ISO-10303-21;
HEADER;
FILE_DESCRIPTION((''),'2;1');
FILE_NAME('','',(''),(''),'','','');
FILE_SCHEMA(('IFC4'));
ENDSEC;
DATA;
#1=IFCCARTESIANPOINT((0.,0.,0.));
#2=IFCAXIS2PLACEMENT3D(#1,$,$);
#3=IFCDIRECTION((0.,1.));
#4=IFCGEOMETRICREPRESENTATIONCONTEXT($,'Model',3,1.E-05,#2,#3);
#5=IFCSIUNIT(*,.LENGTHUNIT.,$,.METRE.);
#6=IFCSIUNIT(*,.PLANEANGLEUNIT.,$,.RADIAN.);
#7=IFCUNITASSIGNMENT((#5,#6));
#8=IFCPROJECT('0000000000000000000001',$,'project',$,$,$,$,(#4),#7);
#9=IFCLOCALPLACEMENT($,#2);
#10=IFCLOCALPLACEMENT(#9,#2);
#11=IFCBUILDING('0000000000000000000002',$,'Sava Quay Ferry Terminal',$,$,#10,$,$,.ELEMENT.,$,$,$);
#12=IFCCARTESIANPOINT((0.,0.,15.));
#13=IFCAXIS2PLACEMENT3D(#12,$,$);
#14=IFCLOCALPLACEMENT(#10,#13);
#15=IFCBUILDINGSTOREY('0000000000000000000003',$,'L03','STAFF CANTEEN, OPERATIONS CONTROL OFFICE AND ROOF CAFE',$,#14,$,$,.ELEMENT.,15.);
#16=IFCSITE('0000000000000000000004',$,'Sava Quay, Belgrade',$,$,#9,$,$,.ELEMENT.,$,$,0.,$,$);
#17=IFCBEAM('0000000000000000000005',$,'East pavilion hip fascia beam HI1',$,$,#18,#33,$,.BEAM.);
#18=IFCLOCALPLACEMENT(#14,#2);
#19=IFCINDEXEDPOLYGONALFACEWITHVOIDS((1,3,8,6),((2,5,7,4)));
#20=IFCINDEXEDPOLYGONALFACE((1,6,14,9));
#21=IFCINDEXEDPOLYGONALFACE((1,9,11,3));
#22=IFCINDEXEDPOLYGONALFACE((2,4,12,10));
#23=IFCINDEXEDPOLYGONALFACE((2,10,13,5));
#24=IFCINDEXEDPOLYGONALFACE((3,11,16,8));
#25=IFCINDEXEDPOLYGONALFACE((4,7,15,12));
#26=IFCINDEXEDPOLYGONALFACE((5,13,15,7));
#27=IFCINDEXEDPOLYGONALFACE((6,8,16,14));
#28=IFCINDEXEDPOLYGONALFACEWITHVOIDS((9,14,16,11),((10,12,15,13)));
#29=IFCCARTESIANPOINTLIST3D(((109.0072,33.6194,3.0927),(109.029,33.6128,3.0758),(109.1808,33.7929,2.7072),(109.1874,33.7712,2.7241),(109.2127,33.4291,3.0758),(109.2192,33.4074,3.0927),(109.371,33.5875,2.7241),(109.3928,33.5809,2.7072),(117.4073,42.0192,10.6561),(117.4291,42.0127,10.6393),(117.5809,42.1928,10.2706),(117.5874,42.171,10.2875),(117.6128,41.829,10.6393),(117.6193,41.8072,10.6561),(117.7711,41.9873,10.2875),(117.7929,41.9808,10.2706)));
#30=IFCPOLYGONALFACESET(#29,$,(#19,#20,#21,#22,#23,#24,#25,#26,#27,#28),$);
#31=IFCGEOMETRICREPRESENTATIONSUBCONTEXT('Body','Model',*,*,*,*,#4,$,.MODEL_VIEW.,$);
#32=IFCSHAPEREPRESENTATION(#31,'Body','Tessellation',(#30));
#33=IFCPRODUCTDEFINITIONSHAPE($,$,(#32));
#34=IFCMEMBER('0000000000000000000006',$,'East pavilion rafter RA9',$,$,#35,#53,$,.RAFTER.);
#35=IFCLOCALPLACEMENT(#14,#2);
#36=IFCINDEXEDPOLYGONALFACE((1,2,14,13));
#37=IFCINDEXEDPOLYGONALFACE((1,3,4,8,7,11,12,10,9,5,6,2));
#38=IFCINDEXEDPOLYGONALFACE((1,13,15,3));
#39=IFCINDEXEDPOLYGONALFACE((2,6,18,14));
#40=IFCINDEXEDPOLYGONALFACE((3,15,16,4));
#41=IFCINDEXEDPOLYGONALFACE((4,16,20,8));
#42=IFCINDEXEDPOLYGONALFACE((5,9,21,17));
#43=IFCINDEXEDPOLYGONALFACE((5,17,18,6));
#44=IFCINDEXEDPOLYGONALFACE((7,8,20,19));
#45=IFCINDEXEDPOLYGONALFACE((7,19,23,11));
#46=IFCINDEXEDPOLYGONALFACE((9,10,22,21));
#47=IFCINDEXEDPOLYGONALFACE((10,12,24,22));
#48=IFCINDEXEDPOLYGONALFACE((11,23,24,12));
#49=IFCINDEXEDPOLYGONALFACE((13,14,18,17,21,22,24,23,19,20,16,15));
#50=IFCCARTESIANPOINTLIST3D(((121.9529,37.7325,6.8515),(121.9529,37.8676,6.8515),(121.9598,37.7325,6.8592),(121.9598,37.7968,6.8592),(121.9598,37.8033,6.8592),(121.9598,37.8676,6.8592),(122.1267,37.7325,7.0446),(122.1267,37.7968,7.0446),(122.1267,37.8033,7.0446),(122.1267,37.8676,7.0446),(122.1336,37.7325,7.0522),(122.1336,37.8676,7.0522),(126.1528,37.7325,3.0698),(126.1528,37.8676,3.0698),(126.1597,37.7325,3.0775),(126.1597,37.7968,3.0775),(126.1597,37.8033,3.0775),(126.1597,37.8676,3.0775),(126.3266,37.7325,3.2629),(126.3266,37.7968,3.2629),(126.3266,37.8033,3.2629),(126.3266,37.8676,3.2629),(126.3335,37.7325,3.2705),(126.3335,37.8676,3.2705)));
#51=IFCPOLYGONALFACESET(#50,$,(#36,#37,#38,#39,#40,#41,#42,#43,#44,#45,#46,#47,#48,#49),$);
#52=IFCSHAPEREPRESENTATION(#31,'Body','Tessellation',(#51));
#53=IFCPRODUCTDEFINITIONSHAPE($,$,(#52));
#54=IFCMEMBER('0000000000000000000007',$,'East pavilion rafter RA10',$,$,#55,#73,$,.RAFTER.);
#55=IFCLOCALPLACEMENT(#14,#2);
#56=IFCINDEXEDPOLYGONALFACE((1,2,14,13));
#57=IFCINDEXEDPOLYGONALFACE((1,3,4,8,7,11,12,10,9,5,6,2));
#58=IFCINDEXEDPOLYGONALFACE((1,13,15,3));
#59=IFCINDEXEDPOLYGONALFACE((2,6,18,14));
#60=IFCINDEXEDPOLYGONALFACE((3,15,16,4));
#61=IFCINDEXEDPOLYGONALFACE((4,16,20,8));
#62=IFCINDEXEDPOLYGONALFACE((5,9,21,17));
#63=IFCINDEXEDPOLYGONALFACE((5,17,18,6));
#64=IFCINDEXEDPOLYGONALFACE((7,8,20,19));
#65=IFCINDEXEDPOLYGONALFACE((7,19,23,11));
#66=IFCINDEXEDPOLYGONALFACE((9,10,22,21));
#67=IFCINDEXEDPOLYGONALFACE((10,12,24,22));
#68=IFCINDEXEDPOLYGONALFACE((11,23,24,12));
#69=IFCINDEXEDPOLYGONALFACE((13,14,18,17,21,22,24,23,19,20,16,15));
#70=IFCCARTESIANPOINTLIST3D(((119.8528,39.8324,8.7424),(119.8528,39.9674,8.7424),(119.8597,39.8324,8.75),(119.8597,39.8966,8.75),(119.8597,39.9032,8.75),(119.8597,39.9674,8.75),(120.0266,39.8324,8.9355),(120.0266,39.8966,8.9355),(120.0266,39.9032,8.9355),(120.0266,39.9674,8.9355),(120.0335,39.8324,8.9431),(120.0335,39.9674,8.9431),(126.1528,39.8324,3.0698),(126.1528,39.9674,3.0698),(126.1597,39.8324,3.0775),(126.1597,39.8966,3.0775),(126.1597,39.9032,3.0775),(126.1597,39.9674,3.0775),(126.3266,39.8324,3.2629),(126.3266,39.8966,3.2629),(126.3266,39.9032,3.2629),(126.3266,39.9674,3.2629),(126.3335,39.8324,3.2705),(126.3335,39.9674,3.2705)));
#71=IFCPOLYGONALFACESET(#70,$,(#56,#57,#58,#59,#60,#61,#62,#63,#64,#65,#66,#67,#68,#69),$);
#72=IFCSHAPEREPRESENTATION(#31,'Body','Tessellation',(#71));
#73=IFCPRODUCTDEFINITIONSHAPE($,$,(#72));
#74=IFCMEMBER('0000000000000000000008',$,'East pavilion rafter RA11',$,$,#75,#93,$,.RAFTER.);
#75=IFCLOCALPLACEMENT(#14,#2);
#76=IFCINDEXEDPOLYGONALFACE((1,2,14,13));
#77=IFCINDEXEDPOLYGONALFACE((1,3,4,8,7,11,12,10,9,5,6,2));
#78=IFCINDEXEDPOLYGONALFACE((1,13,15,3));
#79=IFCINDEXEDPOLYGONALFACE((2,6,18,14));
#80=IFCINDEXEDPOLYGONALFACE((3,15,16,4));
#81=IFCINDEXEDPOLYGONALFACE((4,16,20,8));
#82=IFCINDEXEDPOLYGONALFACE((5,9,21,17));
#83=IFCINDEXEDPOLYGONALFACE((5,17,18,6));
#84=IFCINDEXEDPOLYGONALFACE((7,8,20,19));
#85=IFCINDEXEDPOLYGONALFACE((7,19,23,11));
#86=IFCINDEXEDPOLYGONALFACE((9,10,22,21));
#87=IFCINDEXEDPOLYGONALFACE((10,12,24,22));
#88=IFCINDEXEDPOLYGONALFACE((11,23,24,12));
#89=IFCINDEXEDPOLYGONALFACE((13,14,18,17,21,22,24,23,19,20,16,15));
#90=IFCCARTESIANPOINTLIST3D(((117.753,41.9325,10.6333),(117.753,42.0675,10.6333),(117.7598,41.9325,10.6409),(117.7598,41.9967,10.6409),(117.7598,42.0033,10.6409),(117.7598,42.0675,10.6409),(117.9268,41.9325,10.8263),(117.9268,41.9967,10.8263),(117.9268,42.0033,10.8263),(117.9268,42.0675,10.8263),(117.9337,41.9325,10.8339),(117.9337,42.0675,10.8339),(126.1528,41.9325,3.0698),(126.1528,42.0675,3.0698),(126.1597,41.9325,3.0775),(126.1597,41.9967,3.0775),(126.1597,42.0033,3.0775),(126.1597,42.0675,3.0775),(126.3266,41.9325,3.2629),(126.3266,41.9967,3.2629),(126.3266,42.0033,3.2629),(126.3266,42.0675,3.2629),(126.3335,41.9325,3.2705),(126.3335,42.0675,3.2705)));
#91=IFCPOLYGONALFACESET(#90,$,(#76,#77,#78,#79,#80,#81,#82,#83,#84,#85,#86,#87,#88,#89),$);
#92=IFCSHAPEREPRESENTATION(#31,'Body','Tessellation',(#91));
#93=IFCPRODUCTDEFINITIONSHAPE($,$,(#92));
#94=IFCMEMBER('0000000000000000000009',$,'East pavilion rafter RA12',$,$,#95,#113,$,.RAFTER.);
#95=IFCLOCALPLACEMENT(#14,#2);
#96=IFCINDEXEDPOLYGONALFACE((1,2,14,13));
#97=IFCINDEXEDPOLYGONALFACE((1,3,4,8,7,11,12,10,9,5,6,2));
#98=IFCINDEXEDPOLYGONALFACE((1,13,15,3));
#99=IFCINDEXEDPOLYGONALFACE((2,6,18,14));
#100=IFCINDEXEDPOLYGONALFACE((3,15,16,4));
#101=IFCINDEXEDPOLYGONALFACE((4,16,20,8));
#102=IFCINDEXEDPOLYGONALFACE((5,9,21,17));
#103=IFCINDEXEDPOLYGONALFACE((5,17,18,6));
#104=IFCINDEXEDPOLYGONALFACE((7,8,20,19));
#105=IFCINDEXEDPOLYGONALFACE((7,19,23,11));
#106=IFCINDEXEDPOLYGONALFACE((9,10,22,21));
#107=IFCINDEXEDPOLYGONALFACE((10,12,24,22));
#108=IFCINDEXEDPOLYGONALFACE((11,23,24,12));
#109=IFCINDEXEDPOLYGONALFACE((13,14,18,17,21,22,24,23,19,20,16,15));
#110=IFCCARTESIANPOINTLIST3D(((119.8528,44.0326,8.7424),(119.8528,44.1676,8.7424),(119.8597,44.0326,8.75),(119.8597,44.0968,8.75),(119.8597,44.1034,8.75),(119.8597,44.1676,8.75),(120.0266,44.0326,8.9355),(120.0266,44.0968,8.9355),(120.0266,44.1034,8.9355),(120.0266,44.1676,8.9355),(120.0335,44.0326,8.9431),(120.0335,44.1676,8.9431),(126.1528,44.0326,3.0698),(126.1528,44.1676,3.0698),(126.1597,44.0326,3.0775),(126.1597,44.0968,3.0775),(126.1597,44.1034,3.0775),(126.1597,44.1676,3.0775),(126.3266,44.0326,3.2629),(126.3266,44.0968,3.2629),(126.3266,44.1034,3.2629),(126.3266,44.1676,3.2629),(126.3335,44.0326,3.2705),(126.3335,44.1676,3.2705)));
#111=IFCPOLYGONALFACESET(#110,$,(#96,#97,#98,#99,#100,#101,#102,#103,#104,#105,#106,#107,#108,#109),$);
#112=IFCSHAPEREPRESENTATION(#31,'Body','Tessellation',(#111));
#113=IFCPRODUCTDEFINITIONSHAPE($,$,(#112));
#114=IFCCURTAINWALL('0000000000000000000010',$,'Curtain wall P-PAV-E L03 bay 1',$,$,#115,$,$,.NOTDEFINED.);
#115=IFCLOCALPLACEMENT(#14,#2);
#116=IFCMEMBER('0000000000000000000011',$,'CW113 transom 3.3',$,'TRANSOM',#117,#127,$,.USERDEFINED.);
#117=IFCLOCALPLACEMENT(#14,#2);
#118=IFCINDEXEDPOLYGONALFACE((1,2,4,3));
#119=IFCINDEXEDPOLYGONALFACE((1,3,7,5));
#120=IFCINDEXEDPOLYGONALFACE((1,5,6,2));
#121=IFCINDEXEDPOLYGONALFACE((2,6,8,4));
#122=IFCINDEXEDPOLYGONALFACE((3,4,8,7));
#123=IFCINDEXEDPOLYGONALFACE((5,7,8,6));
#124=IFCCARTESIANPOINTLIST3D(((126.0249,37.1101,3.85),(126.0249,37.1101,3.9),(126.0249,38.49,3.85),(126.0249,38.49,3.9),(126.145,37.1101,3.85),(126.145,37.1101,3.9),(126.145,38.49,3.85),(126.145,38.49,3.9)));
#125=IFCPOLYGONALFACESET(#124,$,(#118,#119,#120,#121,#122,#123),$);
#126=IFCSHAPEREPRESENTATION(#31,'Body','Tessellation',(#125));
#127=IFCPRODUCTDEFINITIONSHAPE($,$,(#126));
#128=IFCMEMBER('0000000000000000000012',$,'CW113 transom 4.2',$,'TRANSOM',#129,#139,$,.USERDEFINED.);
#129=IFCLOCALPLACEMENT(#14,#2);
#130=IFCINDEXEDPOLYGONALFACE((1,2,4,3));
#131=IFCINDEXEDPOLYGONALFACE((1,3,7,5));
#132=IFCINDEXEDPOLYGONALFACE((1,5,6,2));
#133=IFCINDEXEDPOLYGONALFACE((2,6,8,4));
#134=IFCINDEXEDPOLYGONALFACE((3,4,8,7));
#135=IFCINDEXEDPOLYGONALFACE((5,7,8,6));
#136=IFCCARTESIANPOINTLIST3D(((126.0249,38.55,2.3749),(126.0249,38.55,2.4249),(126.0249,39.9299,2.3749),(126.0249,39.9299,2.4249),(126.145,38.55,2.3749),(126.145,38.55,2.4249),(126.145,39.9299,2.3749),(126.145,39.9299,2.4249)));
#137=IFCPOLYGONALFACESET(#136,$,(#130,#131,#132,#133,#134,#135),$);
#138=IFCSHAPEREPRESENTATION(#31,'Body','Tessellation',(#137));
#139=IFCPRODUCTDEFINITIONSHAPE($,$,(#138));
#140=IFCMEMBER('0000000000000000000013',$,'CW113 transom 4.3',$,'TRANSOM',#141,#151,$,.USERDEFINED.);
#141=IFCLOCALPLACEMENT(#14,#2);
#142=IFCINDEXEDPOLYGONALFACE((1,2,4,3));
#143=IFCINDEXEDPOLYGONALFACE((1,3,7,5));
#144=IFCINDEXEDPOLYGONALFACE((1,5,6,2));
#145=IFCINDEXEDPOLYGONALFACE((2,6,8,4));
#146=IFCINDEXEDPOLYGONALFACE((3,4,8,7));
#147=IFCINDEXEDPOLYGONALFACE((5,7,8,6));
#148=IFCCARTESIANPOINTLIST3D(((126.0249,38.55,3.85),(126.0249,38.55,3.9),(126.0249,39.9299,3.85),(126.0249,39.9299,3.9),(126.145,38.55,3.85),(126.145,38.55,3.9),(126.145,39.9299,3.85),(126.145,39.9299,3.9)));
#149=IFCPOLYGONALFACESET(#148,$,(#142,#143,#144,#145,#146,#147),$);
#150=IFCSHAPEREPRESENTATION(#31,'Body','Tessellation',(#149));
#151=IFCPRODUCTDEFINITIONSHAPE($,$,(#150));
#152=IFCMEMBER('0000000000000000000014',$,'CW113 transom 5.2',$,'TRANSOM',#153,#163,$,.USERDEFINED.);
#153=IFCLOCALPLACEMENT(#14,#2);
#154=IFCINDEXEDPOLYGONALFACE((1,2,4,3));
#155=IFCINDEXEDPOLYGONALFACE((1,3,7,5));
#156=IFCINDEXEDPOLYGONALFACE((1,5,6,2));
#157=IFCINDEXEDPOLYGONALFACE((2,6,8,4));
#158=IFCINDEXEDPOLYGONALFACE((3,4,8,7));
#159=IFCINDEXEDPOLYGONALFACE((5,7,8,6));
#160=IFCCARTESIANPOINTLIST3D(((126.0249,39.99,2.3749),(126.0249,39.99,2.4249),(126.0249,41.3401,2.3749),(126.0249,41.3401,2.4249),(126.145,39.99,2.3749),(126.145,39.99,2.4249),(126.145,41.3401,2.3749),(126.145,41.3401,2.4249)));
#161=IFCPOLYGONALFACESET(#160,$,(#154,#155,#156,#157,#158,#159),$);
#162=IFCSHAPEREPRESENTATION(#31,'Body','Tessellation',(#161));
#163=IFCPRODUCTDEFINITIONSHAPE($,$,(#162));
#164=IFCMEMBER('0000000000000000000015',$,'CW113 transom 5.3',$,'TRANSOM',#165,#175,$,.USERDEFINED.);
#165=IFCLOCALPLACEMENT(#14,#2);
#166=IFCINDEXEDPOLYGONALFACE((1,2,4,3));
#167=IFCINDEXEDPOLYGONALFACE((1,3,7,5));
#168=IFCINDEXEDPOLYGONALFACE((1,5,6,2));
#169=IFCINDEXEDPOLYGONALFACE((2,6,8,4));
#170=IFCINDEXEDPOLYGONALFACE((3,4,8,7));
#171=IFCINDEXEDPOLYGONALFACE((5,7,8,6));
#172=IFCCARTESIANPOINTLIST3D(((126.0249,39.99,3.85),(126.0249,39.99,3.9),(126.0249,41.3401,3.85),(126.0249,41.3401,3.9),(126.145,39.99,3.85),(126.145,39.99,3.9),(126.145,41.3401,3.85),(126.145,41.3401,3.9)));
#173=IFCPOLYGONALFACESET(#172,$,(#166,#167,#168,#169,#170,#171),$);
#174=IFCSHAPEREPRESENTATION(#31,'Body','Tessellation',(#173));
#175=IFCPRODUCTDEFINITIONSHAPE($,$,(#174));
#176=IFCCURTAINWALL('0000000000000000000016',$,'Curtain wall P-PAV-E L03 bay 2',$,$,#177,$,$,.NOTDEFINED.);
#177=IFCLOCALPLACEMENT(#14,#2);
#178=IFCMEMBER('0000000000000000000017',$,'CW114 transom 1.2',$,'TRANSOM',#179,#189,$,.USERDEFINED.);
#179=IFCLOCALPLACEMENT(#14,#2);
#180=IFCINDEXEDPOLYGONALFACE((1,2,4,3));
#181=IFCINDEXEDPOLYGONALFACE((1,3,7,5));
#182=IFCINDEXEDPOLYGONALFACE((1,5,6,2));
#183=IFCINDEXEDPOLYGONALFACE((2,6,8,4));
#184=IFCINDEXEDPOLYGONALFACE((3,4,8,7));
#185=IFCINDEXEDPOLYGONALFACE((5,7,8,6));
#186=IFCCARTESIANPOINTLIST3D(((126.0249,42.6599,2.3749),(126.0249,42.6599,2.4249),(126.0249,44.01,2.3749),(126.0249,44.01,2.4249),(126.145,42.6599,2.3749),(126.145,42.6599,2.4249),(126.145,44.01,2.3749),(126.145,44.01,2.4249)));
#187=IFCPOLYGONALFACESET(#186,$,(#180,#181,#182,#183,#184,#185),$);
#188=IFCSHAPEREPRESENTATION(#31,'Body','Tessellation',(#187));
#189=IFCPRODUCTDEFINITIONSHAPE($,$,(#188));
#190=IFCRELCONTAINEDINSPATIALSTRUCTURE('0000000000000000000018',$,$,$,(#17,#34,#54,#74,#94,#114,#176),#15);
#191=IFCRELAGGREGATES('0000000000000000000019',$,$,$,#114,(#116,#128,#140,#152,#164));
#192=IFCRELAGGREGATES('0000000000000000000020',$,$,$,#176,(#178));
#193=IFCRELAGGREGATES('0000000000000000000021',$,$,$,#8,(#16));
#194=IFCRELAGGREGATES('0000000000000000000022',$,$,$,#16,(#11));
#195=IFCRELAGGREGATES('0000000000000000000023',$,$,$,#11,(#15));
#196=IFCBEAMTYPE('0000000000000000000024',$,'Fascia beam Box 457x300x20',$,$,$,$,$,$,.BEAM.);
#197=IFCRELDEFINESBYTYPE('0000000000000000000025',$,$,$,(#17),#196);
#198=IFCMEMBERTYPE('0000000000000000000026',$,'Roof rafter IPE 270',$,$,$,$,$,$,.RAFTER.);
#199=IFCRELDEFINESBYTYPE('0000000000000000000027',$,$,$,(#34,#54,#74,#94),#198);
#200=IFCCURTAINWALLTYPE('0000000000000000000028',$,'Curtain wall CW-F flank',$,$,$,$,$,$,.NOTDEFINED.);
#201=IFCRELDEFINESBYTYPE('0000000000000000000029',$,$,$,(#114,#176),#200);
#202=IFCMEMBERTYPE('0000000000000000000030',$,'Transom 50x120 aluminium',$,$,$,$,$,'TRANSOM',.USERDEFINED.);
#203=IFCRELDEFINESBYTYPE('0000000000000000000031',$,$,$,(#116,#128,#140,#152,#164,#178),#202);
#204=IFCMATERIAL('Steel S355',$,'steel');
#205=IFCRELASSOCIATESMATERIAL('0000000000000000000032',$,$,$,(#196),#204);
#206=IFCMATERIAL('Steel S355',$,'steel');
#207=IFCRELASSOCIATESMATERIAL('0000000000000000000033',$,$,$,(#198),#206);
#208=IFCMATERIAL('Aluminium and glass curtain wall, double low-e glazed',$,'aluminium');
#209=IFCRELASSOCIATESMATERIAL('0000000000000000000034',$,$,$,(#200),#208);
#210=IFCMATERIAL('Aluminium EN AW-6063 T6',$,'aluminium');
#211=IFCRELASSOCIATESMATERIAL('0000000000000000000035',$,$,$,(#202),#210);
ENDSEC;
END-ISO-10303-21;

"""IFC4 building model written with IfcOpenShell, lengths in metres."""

from ifc_helpers import new_model, si_unit, direction, frame, origin, origin_2d, place, context, subcontext, project, spatial, polyline, rectangle, i_section, outline, extrude, material, material_profile, profile_set, type_object, element, aggregate, save


model = new_model("IFC4")

# Units and contexts
model_context = context("Model", 3, precision=1e-05, world=origin(), true_north=direction((0.0, 1.0)))
body_context = subcontext(model_context, "Body", "Model", "MODEL_VIEW")
ifc_project = project(units=[si_unit("LENGTHUNIT", "METRE"), si_unit("PLANEANGLEUNIT", "RADIAN")], contexts=[model_context])

# Site, building, storey
site_placement = place(None, origin())
site = spatial("IfcSite", under=ifc_project, at=site_placement, Name="Sava Quay, Belgrade", CompositionType="ELEMENT", RefElevation=0.0)
building_placement = place(site_placement, origin())
building = spatial("IfcBuilding", under=site, at=building_placement, Name="Sava Quay Ferry Terminal", CompositionType="ELEMENT")
storey_placement = place(building_placement, frame((0.0, 0.0, 15.0)))
storey = spatial("IfcBuildingStorey", under=building, at=storey_placement, Name="L03", Description="STAFF CANTEEN, OPERATIONS CONTROL OFFICE AND ROOF CAFE", CompositionType="ELEMENT", Elevation=15.0)

# Beam
ifc_material_1 = material(Name="Steel S355", Category="steel")
ifc_material_profile_1 = material_profile(ifc_material_1, outline(polyline([(-0.1499, -0.2285), (0.1499, -0.2285), (0.1499, 0.2285), (-0.1499, 0.2285), (-0.1499, -0.2285)]), holes=[polyline([(-0.1299, -0.2085), (-0.1299, 0.2085), (0.1299, 0.2085), (0.1299, -0.2085), (-0.1299, -0.2085)])]), Name="Box 457x300x20 built-up")
ifc_profile_set_1 = profile_set([ifc_material_profile_1], Name="Steel S355")
beam_type = type_object("IfcBeamType", Name="Fascia beam Box 457x300x20", PredefinedType="BEAM", material=ifc_profile_set_1)
beam_placement = place(storey_placement, frame((117.6001, 42.0, 10.4634), z_axis=(-0.59648, -0.596463, -0.53707), x_axis=(0.707097, -0.707117, 0.0)))
element("IfcBeam", 1, at=beam_placement, inside=storey, type_object=beam_type, Name="East pavilion hip fascia beam HI1", PredefinedType="BEAM", context=body_context, shape_type="SweptSolid", body=[
    extrude(outline(polyline([(-0.1499, -0.2285), (0.1499, -0.2285), (0.1499, 0.2285), (-0.1499, 0.2285), (-0.1499, -0.2285)]), holes=[polyline([(-0.1299, -0.2085), (-0.1299, 0.2085), (0.1299, 0.2085), (0.1299, -0.2085), (-0.1299, -0.2085)])]), origin(), (0.0, 0.0, 1.0), 14.0828),
])

# Members
ifc_material_2 = material(Name="Steel S355", Category="steel")
ifc_material_profile_2 = material_profile(ifc_material_2, i_section(OverallWidth=0.135, OverallDepth=0.27, WebThickness=0.0066, FlangeThickness=0.0103, at=origin_2d()), Name="IPE 270")
ifc_profile_set_2 = profile_set([ifc_material_profile_2], Name="Steel S355")
member_type_1 = type_object("IfcMemberType", Name="Roof rafter IPE 270", PredefinedType="RAFTER", material=ifc_profile_set_2)
member_1_placement = place(storey_placement, frame((126.2432, 37.8, 3.1702), z_axis=(-0.743137, 0.0, 0.669139), x_axis=(0.0, -1.0, 0.0)))
element("IfcMember", 2, at=member_1_placement, inside=storey, type_object=member_type_1, Name="East pavilion rafter RA9", PredefinedType="RAFTER", context=body_context, shape_type="SweptSolid", body=[
    extrude(i_section(OverallWidth=0.135, OverallDepth=0.27, WebThickness=0.0066, FlangeThickness=0.0103, at=origin_2d()), origin(), (0.0, 0.0, 1.0), 5.6516),
])
member_2_placement = place(storey_placement, frame((126.2432, 39.8999, 3.1702), z_axis=(-0.743144, 0.0, 0.669132), x_axis=(0.0, -1.0, 0.0)))
element("IfcMember", 3, at=member_2_placement, inside=storey, type_object=member_type_1, Name="East pavilion rafter RA10", PredefinedType="RAFTER", context=body_context, shape_type="SweptSolid", body=[
    extrude(i_section(OverallWidth=0.135, OverallDepth=0.27, WebThickness=0.0066, FlangeThickness=0.0103, at=origin_2d()), origin(), (0.0, 0.0, 1.0), 8.4775),
])
member_3_placement = place(storey_placement, frame((126.2432, 42.0, 3.1702), z_axis=(-0.743137, 0.0, 0.669139), x_axis=(0.0, -1.0, 0.0)))
element("IfcMember", 4, at=member_3_placement, inside=storey, type_object=member_type_1, Name="East pavilion rafter RA11", PredefinedType="RAFTER", context=body_context, shape_type="SweptSolid", body=[
    extrude(i_section(OverallWidth=0.135, OverallDepth=0.27, WebThickness=0.0066, FlangeThickness=0.0103, at=origin_2d()), origin(), (0.0, 0.0, 1.0), 11.3032),
])
member_4_placement = place(storey_placement, frame((126.2432, 44.1001, 3.1702), z_axis=(-0.743144, 0.0, 0.669132), x_axis=(0.0, -1.0, 0.0)))
element("IfcMember", 5, at=member_4_placement, inside=storey, type_object=member_type_1, Name="East pavilion rafter RA12", PredefinedType="RAFTER", context=body_context, shape_type="SweptSolid", body=[
    extrude(i_section(OverallWidth=0.135, OverallDepth=0.27, WebThickness=0.0066, FlangeThickness=0.0103, at=origin_2d()), origin(), (0.0, 0.0, 1.0), 8.4775),
])

# Curtain walls, members
ifc_material_3 = material(Name="Aluminium and glass curtain wall, double low-e glazed", Category="aluminium")
curtain_wall_type = type_object("IfcCurtainWallType", Name="Curtain wall CW-F flank", PredefinedType="NOTDEFINED", material=ifc_material_3)
curtain_wall_1_placement = place(storey_placement, origin())
curtain_wall_1 = element("IfcCurtainWall", 6, at=curtain_wall_1_placement, inside=storey, type_object=curtain_wall_type, Name="Curtain wall P-PAV-E L03 bay 1", PredefinedType="NOTDEFINED")
ifc_material_4 = material(Name="Aluminium EN AW-6063 T6", Category="aluminium")
ifc_material_profile_3 = material_profile(ifc_material_4, rectangle(XDim=0.1201, YDim=0.05, at=origin_2d()), Name="Transom 50x120 aluminium")
ifc_profile_set_3 = profile_set([ifc_material_profile_3], Name="Aluminium EN AW-6063 T6")
member_type_2 = type_object("IfcMemberType", Name="Transom 50x120 aluminium", ElementType="TRANSOM", PredefinedType="USERDEFINED", material=ifc_profile_set_3)
member_5_placement = place(storey_placement, frame((126.085, 37.1101, 3.875), z_axis=(0.0, 1.0, 0.0), x_axis=(-1.0, 0.0, 0.0)))
member_5 = element("IfcMember", 7, at=member_5_placement, type_object=member_type_2, Name="CW113 transom 3.3", ObjectType="TRANSOM", PredefinedType="USERDEFINED", context=body_context, shape_type="SweptSolid", body=[
    extrude(rectangle(XDim=0.1201, YDim=0.05, at=origin_2d()), origin(), (0.0, 0.0, 1.0), 1.3799),
])
member_6_placement = place(storey_placement, frame((126.085, 38.55, 2.3999), z_axis=(0.0, 1.0, 0.0), x_axis=(-1.0, 0.0, 0.0)))
member_6 = element("IfcMember", 8, at=member_6_placement, type_object=member_type_2, Name="CW113 transom 4.2", ObjectType="TRANSOM", PredefinedType="USERDEFINED", context=body_context, shape_type="SweptSolid", body=[
    extrude(rectangle(XDim=0.1201, YDim=0.05, at=origin_2d()), origin(), (0.0, 0.0, 1.0), 1.3799),
])
member_7_placement = place(storey_placement, frame((126.085, 38.55, 3.875), z_axis=(0.0, 1.0, 0.0), x_axis=(-1.0, 0.0, 0.0)))
member_7 = element("IfcMember", 9, at=member_7_placement, type_object=member_type_2, Name="CW113 transom 4.3", ObjectType="TRANSOM", PredefinedType="USERDEFINED", context=body_context, shape_type="SweptSolid", body=[
    extrude(rectangle(XDim=0.1201, YDim=0.05, at=origin_2d()), origin(), (0.0, 0.0, 1.0), 1.3799),
])
member_8_placement = place(storey_placement, frame((126.085, 39.99, 2.3999), z_axis=(0.0, 1.0, 0.0), x_axis=(-1.0, 0.0, 0.0)))
member_8 = element("IfcMember", 10, at=member_8_placement, type_object=member_type_2, Name="CW113 transom 5.2", ObjectType="TRANSOM", PredefinedType="USERDEFINED", context=body_context, shape_type="SweptSolid", body=[
    extrude(rectangle(XDim=0.1201, YDim=0.05, at=origin_2d()), origin(), (0.0, 0.0, 1.0), 1.3501),
])
member_9_placement = place(storey_placement, frame((126.085, 39.99, 3.875), z_axis=(0.0, 1.0, 0.0), x_axis=(-1.0, 0.0, 0.0)))
member_9 = element("IfcMember", 11, at=member_9_placement, type_object=member_type_2, Name="CW113 transom 5.3", ObjectType="TRANSOM", PredefinedType="USERDEFINED", context=body_context, shape_type="SweptSolid", body=[
    extrude(rectangle(XDim=0.1201, YDim=0.05, at=origin_2d()), origin(), (0.0, 0.0, 1.0), 1.3501),
])
curtain_wall_2_placement = place(storey_placement, origin())
curtain_wall_2 = element("IfcCurtainWall", 12, at=curtain_wall_2_placement, inside=storey, type_object=curtain_wall_type, Name="Curtain wall P-PAV-E L03 bay 2", PredefinedType="NOTDEFINED")
member_10_placement = place(storey_placement, frame((126.085, 42.6599, 2.3999), z_axis=(0.0, 1.0, 0.0), x_axis=(-1.0, 0.0, 0.0)))
member_10 = element("IfcMember", 13, at=member_10_placement, type_object=member_type_2, Name="CW114 transom 1.2", ObjectType="TRANSOM", PredefinedType="USERDEFINED", context=body_context, shape_type="SweptSolid", body=[
    extrude(rectangle(XDim=0.1201, YDim=0.05, at=origin_2d()), origin(), (0.0, 0.0, 1.0), 1.3501),
])

aggregate(curtain_wall_1, [member_5, member_6, member_7, member_8, member_9])
aggregate(curtain_wall_2, [member_10])

save(model, "model.ifc")
